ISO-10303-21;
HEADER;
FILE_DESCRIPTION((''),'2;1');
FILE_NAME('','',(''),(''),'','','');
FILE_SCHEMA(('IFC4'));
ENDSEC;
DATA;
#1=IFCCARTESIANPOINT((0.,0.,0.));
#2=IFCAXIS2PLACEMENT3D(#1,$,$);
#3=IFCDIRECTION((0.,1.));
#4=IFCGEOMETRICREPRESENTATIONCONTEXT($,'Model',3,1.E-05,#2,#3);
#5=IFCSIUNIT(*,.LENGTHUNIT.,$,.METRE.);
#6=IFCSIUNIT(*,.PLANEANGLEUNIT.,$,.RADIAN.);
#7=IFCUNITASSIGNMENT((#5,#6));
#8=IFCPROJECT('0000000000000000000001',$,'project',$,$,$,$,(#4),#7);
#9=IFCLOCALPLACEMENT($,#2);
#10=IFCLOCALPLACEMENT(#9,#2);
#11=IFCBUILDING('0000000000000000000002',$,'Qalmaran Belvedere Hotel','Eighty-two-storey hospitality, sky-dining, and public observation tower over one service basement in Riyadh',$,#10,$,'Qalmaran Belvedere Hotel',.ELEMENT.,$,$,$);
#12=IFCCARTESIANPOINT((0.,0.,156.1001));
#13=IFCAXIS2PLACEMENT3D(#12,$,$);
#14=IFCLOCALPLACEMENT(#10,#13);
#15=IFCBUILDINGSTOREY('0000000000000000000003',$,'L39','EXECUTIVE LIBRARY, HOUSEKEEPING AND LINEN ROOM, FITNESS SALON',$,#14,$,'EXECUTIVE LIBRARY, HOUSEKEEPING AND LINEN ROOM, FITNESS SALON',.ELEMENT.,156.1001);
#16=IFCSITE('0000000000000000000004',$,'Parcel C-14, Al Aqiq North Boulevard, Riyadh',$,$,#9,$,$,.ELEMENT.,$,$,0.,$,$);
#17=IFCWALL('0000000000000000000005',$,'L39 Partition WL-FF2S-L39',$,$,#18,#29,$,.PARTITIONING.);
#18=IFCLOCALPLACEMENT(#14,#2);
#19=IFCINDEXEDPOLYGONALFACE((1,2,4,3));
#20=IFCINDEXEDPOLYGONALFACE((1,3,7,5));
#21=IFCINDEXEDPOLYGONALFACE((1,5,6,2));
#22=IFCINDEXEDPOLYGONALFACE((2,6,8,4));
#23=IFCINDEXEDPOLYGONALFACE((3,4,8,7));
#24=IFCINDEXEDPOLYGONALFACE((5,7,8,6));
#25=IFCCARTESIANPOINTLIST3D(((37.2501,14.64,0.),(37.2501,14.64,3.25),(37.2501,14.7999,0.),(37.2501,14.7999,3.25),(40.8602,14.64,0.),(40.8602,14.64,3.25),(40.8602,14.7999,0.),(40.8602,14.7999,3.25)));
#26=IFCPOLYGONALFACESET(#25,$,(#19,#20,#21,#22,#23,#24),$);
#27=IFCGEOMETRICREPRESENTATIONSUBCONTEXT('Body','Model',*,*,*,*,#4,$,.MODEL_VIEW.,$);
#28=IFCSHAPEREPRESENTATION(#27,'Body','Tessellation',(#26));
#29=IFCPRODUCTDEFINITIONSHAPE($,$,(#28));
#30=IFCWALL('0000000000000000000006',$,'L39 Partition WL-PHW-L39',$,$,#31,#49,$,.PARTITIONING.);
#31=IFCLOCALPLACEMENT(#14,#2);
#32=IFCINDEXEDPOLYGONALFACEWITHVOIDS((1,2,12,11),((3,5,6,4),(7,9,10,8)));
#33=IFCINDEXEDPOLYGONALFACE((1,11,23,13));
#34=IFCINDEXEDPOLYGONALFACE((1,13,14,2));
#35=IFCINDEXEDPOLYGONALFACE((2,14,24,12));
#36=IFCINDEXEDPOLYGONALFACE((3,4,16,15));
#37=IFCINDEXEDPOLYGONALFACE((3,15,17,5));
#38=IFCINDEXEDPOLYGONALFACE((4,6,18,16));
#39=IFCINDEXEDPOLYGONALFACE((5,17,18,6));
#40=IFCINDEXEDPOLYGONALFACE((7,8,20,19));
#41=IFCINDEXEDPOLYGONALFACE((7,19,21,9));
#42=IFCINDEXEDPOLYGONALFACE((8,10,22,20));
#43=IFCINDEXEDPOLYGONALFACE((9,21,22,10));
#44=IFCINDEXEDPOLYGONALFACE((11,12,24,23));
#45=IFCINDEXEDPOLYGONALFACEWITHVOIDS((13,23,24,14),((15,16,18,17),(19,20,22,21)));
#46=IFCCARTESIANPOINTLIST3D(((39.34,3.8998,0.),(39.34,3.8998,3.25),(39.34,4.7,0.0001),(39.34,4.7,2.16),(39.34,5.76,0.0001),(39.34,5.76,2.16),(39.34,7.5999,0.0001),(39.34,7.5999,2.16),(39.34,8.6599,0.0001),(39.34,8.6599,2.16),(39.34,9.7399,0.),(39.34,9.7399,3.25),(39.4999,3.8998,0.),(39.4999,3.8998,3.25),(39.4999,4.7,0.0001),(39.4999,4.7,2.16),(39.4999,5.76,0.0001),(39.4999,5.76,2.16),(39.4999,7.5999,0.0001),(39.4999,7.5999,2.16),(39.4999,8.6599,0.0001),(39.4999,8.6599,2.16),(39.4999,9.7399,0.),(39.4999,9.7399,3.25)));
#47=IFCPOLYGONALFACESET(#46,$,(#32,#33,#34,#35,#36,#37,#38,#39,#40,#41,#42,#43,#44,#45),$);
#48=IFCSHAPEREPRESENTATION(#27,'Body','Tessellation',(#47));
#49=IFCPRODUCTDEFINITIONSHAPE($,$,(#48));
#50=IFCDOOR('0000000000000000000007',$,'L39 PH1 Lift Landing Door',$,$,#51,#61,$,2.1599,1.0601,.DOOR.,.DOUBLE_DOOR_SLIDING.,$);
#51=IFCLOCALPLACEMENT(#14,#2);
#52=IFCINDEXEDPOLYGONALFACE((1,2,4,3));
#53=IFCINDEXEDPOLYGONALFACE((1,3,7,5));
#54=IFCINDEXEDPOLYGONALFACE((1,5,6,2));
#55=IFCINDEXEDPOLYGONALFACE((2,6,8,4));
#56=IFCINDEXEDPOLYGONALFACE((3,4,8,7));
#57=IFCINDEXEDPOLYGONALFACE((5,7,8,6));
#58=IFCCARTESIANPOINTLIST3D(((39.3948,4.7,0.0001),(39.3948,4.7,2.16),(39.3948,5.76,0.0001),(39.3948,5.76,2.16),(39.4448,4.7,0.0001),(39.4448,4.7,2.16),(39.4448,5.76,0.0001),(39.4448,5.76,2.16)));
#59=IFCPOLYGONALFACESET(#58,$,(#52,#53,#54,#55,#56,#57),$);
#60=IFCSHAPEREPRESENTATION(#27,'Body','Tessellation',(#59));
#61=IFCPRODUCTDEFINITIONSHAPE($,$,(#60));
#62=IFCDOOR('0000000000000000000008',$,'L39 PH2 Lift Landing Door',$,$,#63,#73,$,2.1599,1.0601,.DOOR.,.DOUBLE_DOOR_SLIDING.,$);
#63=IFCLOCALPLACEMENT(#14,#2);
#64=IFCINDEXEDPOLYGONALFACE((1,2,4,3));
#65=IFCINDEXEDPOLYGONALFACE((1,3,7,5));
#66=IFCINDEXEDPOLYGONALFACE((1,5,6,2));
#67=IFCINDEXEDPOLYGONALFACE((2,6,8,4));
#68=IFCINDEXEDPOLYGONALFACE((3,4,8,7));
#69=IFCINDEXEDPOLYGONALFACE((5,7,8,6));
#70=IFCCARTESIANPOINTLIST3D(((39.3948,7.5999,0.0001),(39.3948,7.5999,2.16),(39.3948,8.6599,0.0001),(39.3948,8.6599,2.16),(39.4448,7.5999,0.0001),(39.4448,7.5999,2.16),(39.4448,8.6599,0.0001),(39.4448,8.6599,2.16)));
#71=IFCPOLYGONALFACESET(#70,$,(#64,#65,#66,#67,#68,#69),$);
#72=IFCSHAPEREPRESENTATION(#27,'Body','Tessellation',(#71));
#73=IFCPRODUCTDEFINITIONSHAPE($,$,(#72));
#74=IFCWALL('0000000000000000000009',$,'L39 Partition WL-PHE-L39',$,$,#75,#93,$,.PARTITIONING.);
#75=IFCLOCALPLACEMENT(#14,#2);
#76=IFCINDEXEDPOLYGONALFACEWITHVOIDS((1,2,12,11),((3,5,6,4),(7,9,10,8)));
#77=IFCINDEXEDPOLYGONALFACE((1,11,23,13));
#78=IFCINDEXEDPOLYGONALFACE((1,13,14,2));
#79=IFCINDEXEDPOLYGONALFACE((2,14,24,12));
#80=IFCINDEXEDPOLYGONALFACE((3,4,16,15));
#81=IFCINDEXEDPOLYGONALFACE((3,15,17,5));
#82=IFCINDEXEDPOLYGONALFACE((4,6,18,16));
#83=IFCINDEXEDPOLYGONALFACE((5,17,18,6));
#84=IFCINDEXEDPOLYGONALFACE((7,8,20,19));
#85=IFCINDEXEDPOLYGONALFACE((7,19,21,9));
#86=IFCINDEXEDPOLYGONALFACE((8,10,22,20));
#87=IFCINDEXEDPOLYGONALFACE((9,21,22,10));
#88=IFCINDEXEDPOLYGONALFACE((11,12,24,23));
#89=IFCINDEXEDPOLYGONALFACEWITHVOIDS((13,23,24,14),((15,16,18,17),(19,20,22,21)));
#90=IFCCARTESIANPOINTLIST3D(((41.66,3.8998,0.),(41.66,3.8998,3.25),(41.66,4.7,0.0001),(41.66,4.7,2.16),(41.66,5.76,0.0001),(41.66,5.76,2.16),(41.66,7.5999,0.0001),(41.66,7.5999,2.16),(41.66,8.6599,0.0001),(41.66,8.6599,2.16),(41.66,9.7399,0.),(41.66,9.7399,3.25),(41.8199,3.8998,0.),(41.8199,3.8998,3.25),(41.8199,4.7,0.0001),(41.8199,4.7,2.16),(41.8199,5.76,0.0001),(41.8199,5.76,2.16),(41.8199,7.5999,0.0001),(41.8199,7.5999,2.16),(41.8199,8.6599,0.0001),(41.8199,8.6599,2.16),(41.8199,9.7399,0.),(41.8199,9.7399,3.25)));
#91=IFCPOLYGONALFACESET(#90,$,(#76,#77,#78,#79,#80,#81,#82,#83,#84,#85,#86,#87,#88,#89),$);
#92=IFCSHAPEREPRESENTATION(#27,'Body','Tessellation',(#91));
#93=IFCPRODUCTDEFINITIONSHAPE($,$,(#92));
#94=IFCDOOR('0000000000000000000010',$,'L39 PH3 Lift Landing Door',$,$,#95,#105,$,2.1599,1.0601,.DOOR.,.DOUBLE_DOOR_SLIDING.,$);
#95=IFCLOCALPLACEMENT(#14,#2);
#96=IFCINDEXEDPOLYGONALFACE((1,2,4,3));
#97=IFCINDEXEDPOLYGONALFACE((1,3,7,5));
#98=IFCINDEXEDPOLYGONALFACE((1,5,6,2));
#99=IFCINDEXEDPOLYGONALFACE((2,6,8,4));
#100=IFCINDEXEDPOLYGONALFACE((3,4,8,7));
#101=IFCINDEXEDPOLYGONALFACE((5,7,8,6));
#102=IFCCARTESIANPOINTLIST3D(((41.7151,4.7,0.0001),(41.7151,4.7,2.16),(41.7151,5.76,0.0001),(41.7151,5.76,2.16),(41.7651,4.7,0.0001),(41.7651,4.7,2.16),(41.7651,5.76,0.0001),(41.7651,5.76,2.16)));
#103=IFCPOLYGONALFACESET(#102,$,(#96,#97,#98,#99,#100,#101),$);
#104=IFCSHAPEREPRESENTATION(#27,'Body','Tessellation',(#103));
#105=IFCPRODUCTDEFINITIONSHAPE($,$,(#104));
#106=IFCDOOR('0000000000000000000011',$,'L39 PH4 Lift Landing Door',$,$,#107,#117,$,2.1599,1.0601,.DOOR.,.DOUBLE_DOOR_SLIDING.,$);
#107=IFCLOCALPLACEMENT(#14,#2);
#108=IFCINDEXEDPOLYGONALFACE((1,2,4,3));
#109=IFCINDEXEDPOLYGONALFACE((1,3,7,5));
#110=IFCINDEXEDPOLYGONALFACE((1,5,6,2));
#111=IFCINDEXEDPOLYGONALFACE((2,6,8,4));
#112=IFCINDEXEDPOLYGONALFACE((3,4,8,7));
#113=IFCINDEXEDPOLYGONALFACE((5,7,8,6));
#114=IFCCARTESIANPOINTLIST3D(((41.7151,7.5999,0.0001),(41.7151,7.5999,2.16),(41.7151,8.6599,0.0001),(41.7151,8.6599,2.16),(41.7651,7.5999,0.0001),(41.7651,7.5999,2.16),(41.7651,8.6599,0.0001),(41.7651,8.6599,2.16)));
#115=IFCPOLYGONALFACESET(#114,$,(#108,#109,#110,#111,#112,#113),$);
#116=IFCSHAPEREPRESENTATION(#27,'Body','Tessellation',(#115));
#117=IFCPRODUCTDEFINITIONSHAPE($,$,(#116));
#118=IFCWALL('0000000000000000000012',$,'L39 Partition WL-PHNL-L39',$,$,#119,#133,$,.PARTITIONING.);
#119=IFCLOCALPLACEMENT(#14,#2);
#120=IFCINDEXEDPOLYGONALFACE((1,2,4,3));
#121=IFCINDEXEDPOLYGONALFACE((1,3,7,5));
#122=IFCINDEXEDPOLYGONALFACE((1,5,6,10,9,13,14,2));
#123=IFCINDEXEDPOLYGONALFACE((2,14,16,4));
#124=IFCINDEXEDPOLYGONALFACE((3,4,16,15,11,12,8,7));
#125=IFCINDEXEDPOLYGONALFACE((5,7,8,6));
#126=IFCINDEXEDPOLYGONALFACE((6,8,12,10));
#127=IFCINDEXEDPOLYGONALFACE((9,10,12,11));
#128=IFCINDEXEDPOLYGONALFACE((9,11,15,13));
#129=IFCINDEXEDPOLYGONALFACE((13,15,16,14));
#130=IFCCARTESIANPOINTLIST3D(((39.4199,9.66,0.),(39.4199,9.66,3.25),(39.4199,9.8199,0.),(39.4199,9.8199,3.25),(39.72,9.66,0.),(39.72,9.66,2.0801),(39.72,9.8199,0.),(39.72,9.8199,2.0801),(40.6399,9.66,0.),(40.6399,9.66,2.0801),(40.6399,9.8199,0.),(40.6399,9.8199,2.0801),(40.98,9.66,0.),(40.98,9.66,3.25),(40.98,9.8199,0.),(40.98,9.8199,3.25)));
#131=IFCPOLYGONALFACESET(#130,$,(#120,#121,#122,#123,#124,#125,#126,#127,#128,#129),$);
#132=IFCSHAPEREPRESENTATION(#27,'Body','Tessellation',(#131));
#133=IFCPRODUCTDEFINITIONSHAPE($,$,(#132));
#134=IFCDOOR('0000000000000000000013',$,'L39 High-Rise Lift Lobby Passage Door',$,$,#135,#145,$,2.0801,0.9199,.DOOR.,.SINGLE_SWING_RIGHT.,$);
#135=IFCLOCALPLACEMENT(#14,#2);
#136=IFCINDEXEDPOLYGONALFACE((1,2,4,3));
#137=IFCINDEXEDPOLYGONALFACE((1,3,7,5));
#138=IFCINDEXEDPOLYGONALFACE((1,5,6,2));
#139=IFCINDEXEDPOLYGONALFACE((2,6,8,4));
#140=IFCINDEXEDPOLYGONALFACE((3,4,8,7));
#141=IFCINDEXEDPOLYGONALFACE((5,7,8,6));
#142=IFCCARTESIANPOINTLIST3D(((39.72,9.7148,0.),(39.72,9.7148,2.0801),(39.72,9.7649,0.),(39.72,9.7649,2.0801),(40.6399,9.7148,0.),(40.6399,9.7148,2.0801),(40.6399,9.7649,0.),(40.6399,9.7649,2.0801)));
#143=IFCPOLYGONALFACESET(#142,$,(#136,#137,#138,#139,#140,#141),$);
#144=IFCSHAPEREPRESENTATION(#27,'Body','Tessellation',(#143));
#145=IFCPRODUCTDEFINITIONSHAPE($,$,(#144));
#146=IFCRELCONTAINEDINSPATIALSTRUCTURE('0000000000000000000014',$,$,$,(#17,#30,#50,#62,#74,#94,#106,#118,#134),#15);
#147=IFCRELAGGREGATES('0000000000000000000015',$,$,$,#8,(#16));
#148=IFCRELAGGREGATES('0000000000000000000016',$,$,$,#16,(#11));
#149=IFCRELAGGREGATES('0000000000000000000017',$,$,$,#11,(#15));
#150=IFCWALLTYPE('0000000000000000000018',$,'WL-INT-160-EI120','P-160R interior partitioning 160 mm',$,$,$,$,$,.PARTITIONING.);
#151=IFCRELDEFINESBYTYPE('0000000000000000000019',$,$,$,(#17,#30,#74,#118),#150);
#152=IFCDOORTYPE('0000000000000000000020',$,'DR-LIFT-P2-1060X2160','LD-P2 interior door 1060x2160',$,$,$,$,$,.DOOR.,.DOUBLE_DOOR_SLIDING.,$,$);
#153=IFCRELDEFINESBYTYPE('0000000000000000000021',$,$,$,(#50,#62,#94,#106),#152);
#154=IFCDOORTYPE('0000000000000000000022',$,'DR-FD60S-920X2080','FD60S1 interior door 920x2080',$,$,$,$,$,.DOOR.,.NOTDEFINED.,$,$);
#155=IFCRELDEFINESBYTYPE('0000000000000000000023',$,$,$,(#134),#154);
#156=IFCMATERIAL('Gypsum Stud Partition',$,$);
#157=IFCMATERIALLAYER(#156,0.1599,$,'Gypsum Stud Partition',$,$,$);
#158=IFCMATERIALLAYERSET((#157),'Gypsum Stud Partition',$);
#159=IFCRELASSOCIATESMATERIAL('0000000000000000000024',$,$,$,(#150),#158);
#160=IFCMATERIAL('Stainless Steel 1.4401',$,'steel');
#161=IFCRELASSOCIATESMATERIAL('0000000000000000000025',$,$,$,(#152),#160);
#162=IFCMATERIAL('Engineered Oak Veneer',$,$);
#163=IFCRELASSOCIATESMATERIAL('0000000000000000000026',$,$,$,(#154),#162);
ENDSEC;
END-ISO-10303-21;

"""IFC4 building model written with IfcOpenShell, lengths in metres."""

from ifc_helpers import new_model, si_unit, direction, frame, frame_2d, origin, place, context, subcontext, project, spatial, rectangle, extrude, material, layer, layer_set, type_object, element, fill, save


model = new_model("IFC4")

# Units and contexts
model_context = context("Model", 3, precision=1e-05, world=origin(), true_north=direction((0.0, 1.0)))
body_context = subcontext(model_context, "Body", "Model", "MODEL_VIEW")
ifc_project = project(units=[si_unit("LENGTHUNIT", "METRE"), si_unit("PLANEANGLEUNIT", "RADIAN")], contexts=[model_context])

# Site, building, storey
site_placement = place(None, origin())
site = spatial("IfcSite", under=ifc_project, at=site_placement, Name="Parcel C-14, Al Aqiq North Boulevard, Riyadh", CompositionType="ELEMENT", RefElevation=0.0)
building_placement = place(site_placement, origin())
building = spatial("IfcBuilding", under=site, at=building_placement, Name="Qalmaran Belvedere Hotel", Description="Eighty-two-storey hospitality, sky-dining, and public observation tower over one service basement in Riyadh", LongName="Qalmaran Belvedere Hotel", CompositionType="ELEMENT")
storey_placement = place(building_placement, frame((0.0, 0.0, 156.1001)))
storey = spatial("IfcBuildingStorey", under=building, at=storey_placement, Name="L39", Description="EXECUTIVE LIBRARY, HOUSEKEEPING AND LINEN ROOM, FITNESS SALON", LongName="EXECUTIVE LIBRARY, HOUSEKEEPING AND LINEN ROOM, FITNESS SALON", CompositionType="ELEMENT", Elevation=156.1001)

# Wall
ifc_material_1 = material(Name="Gypsum Stud Partition")
ifc_layer_1 = layer(ifc_material_1, 0.1599, Name="Gypsum Stud Partition")
ifc_layer_set_1 = layer_set([ifc_layer_1], Name="Gypsum Stud Partition")
wall_type_1 = type_object("IfcWallType", Name="WL-INT-160-EI120", Description="P-160R interior partitioning 160 mm", PredefinedType="PARTITIONING", material=ifc_layer_set_1)
wall_1_placement = place(storey_placement, frame((37.25, 14.72, 0.0), z_axis=(0.0, 0.0, 1.0), x_axis=(1.0, 0.0, 0.0)))
element("IfcWall", 1, at=wall_1_placement, inside=storey, type_object=wall_type_1, Name="L39 Partition WL-FF2S-L39", PredefinedType="PARTITIONING", context=body_context, shape_type="SweptSolid", body=[
    extrude(rectangle(XDim=3.6101, YDim=0.1599, at=frame_2d((1.8052, 0.0))), origin(), (0.0, 0.0, 1.0), 3.25),
])

# Walls, openings, doors
wall_2_placement = place(storey_placement, frame((39.4199, 3.8999, 0.0), z_axis=(0.0, 0.0, 1.0), x_axis=(0.0, 1.0, 0.0)))
wall_2 = element("IfcWall", 2, at=wall_2_placement, inside=storey, type_object=wall_type_1, Name="L39 Partition WL-PHW-L39", PredefinedType="PARTITIONING", context=body_context, shape_type="SweptSolid", body=[
    extrude(rectangle(XDim=5.8401, YDim=0.1599, at=frame_2d((2.9199, 0.0))), origin(), (0.0, 0.0, 1.0), 3.25),
])
opening_1_placement = place(wall_2_placement, frame((1.8601, 0.0, 0.0), z_axis=(0.0, 0.0, 1.0), x_axis=(-1.0, 0.0, 0.0)))
opening_1 = element("IfcOpeningElement", 3, at=opening_1_placement, cuts=wall_2, PredefinedType="OPENING", context=body_context, shape_type="SweptSolid", body=[
    extrude(rectangle(XDim=1.0601, YDim=2.1599, at=frame_2d((0.53, 1.0801))), frame((0.0, 0.0898, 0.0), z_axis=(0.0, -1.0, 0.0), x_axis=(1.0, 0.0, 0.0)), (0.0, 0.0, 1.0), 0.1799),
])
opening_2_placement = place(wall_2_placement, frame((4.76, 0.0, 0.0), z_axis=(0.0, 0.0, 1.0), x_axis=(-1.0, 0.0, 0.0)))
opening_2 = element("IfcOpeningElement", 4, at=opening_2_placement, cuts=wall_2, PredefinedType="OPENING", context=body_context, shape_type="SweptSolid", body=[
    extrude(rectangle(XDim=1.0601, YDim=2.1599, at=frame_2d((0.53, 1.0801))), frame((0.0, 0.0898, 0.0), z_axis=(0.0, -1.0, 0.0), x_axis=(1.0, 0.0, 0.0)), (0.0, 0.0, 1.0), 0.1799),
])
ifc_material_2 = material(Name="Stainless Steel 1.4401", Category="steel")
door_type_1 = type_object("IfcDoorType", Name="DR-LIFT-P2-1060X2160", Description="LD-P2 interior door 1060x2160", OperationType="DOUBLE_DOOR_SLIDING", PredefinedType="DOOR", material=ifc_material_2)
door_1_placement = place(opening_1_placement, origin())
door_1 = element("IfcDoor", 5, at=door_1_placement, inside=storey, type_object=door_type_1, Name="L39 PH1 Lift Landing Door", OperationType="DOUBLE_DOOR_SLIDING", OverallHeight=2.1599, OverallWidth=1.0601, PredefinedType="DOOR", context=body_context, shape_type="SweptSolid", body=[
    extrude(rectangle(XDim=1.0601, YDim=2.1599, at=frame_2d((0.53, 1.0801))), frame((0.0, 0.0249, 0.0), z_axis=(0.0, -1.0, 0.0), x_axis=(1.0, 0.0, 0.0)), (0.0, 0.0, 1.0), 0.05),
])
fill(opening_1, door_1)
door_2_placement = place(opening_2_placement, origin())
door_2 = element("IfcDoor", 6, at=door_2_placement, inside=storey, type_object=door_type_1, Name="L39 PH2 Lift Landing Door", OperationType="DOUBLE_DOOR_SLIDING", OverallHeight=2.1599, OverallWidth=1.0601, PredefinedType="DOOR", context=body_context, shape_type="SweptSolid", body=[
    extrude(rectangle(XDim=1.0601, YDim=2.1599, at=frame_2d((0.53, 1.0801))), frame((0.0, 0.0249, 0.0), z_axis=(0.0, -1.0, 0.0), x_axis=(1.0, 0.0, 0.0)), (0.0, 0.0, 1.0), 0.05),
])
fill(opening_2, door_2)
wall_3_placement = place(storey_placement, frame((41.74, 3.8999, 0.0), z_axis=(0.0, 0.0, 1.0), x_axis=(0.0, 1.0, 0.0)))
wall_3 = element("IfcWall", 7, at=wall_3_placement, inside=storey, type_object=wall_type_1, Name="L39 Partition WL-PHE-L39", PredefinedType="PARTITIONING", context=body_context, shape_type="SweptSolid", body=[
    extrude(rectangle(XDim=5.8401, YDim=0.1599, at=frame_2d((2.9199, 0.0))), origin(), (0.0, 0.0, 1.0), 3.25),
])
opening_3_placement = place(wall_3_placement, frame((0.8, 0.0, 0.0)))
opening_3 = element("IfcOpeningElement", 8, at=opening_3_placement, cuts=wall_3, PredefinedType="OPENING", context=body_context, shape_type="SweptSolid", body=[
    extrude(rectangle(XDim=1.0601, YDim=2.1599, at=frame_2d((0.53, 1.0801))), frame((0.0, 0.0898, 0.0), z_axis=(0.0, -1.0, 0.0), x_axis=(1.0, 0.0, 0.0)), (0.0, 0.0, 1.0), 0.1799),
])
opening_4_placement = place(wall_3_placement, frame((3.7, 0.0, 0.0)))
opening_4 = element("IfcOpeningElement", 9, at=opening_4_placement, cuts=wall_3, PredefinedType="OPENING", context=body_context, shape_type="SweptSolid", body=[
    extrude(rectangle(XDim=1.0601, YDim=2.1599, at=frame_2d((0.53, 1.0801))), frame((0.0, 0.0898, 0.0), z_axis=(0.0, -1.0, 0.0), x_axis=(1.0, 0.0, 0.0)), (0.0, 0.0, 1.0), 0.1799),
])
door_3_placement = place(opening_3_placement, origin())
door_3 = element("IfcDoor", 10, at=door_3_placement, inside=storey, type_object=door_type_1, Name="L39 PH3 Lift Landing Door", OperationType="DOUBLE_DOOR_SLIDING", OverallHeight=2.1599, OverallWidth=1.0601, PredefinedType="DOOR", context=body_context, shape_type="SweptSolid", body=[
    extrude(rectangle(XDim=1.0601, YDim=2.1599, at=frame_2d((0.53, 1.0801))), frame((0.0, 0.0249, 0.0), z_axis=(0.0, -1.0, 0.0), x_axis=(1.0, 0.0, 0.0)), (0.0, 0.0, 1.0), 0.05),
])
fill(opening_3, door_3)
door_4_placement = place(opening_4_placement, origin())
door_4 = element("IfcDoor", 11, at=door_4_placement, inside=storey, type_object=door_type_1, Name="L39 PH4 Lift Landing Door", OperationType="DOUBLE_DOOR_SLIDING", OverallHeight=2.1599, OverallWidth=1.0601, PredefinedType="DOOR", context=body_context, shape_type="SweptSolid", body=[
    extrude(rectangle(XDim=1.0601, YDim=2.1599, at=frame_2d((0.53, 1.0801))), frame((0.0, 0.0249, 0.0), z_axis=(0.0, -1.0, 0.0), x_axis=(1.0, 0.0, 0.0)), (0.0, 0.0, 1.0), 0.05),
])
fill(opening_4, door_4)

# Wall, opening, door
wall_4_placement = place(storey_placement, frame((39.4199, 9.74, 0.0), z_axis=(0.0, 0.0, 1.0), x_axis=(1.0, 0.0, 0.0)))
wall_4 = element("IfcWall", 12, at=wall_4_placement, inside=storey, type_object=wall_type_1, Name="L39 Partition WL-PHNL-L39", PredefinedType="PARTITIONING", context=body_context, shape_type="SweptSolid", body=[
    extrude(rectangle(XDim=1.5601, YDim=0.1599, at=frame_2d((0.78, 0.0))), origin(), (0.0, 0.0, 1.0), 3.25),
])
opening_5_placement = place(wall_4_placement, frame((0.3, 0.0, 0.0)))
opening_5 = element("IfcOpeningElement", 13, at=opening_5_placement, cuts=wall_4, PredefinedType="OPENING", context=body_context, shape_type="SweptSolid", body=[
    extrude(rectangle(XDim=0.9199, YDim=2.0801, at=frame_2d((0.46, 1.04))), frame((0.0, 0.0898, 0.0), z_axis=(0.0, -1.0, 0.0), x_axis=(1.0, 0.0, 0.0)), (0.0, 0.0, 1.0), 0.1799),
])
ifc_material_3 = material(Name="Engineered Oak Veneer")
door_type_2 = type_object("IfcDoorType", Name="DR-FD60S-920X2080", Description="FD60S1 interior door 920x2080", OperationType="NOTDEFINED", PredefinedType="DOOR", material=ifc_material_3)
door_5_placement = place(opening_5_placement, origin())
door_5 = element("IfcDoor", 14, at=door_5_placement, inside=storey, type_object=door_type_2, Name="L39 High-Rise Lift Lobby Passage Door", OperationType="SINGLE_SWING_RIGHT", OverallHeight=2.0801, OverallWidth=0.9199, PredefinedType="DOOR", context=body_context, shape_type="SweptSolid", body=[
    extrude(rectangle(XDim=0.9199, YDim=2.0801, at=frame_2d((0.46, 1.04))), frame((0.0, 0.0249, 0.0), z_axis=(0.0, -1.0, 0.0), x_axis=(1.0, 0.0, 0.0)), (0.0, 0.0, 1.0), 0.05),
])
fill(opening_5, door_5)

save(model, "model.ifc")
